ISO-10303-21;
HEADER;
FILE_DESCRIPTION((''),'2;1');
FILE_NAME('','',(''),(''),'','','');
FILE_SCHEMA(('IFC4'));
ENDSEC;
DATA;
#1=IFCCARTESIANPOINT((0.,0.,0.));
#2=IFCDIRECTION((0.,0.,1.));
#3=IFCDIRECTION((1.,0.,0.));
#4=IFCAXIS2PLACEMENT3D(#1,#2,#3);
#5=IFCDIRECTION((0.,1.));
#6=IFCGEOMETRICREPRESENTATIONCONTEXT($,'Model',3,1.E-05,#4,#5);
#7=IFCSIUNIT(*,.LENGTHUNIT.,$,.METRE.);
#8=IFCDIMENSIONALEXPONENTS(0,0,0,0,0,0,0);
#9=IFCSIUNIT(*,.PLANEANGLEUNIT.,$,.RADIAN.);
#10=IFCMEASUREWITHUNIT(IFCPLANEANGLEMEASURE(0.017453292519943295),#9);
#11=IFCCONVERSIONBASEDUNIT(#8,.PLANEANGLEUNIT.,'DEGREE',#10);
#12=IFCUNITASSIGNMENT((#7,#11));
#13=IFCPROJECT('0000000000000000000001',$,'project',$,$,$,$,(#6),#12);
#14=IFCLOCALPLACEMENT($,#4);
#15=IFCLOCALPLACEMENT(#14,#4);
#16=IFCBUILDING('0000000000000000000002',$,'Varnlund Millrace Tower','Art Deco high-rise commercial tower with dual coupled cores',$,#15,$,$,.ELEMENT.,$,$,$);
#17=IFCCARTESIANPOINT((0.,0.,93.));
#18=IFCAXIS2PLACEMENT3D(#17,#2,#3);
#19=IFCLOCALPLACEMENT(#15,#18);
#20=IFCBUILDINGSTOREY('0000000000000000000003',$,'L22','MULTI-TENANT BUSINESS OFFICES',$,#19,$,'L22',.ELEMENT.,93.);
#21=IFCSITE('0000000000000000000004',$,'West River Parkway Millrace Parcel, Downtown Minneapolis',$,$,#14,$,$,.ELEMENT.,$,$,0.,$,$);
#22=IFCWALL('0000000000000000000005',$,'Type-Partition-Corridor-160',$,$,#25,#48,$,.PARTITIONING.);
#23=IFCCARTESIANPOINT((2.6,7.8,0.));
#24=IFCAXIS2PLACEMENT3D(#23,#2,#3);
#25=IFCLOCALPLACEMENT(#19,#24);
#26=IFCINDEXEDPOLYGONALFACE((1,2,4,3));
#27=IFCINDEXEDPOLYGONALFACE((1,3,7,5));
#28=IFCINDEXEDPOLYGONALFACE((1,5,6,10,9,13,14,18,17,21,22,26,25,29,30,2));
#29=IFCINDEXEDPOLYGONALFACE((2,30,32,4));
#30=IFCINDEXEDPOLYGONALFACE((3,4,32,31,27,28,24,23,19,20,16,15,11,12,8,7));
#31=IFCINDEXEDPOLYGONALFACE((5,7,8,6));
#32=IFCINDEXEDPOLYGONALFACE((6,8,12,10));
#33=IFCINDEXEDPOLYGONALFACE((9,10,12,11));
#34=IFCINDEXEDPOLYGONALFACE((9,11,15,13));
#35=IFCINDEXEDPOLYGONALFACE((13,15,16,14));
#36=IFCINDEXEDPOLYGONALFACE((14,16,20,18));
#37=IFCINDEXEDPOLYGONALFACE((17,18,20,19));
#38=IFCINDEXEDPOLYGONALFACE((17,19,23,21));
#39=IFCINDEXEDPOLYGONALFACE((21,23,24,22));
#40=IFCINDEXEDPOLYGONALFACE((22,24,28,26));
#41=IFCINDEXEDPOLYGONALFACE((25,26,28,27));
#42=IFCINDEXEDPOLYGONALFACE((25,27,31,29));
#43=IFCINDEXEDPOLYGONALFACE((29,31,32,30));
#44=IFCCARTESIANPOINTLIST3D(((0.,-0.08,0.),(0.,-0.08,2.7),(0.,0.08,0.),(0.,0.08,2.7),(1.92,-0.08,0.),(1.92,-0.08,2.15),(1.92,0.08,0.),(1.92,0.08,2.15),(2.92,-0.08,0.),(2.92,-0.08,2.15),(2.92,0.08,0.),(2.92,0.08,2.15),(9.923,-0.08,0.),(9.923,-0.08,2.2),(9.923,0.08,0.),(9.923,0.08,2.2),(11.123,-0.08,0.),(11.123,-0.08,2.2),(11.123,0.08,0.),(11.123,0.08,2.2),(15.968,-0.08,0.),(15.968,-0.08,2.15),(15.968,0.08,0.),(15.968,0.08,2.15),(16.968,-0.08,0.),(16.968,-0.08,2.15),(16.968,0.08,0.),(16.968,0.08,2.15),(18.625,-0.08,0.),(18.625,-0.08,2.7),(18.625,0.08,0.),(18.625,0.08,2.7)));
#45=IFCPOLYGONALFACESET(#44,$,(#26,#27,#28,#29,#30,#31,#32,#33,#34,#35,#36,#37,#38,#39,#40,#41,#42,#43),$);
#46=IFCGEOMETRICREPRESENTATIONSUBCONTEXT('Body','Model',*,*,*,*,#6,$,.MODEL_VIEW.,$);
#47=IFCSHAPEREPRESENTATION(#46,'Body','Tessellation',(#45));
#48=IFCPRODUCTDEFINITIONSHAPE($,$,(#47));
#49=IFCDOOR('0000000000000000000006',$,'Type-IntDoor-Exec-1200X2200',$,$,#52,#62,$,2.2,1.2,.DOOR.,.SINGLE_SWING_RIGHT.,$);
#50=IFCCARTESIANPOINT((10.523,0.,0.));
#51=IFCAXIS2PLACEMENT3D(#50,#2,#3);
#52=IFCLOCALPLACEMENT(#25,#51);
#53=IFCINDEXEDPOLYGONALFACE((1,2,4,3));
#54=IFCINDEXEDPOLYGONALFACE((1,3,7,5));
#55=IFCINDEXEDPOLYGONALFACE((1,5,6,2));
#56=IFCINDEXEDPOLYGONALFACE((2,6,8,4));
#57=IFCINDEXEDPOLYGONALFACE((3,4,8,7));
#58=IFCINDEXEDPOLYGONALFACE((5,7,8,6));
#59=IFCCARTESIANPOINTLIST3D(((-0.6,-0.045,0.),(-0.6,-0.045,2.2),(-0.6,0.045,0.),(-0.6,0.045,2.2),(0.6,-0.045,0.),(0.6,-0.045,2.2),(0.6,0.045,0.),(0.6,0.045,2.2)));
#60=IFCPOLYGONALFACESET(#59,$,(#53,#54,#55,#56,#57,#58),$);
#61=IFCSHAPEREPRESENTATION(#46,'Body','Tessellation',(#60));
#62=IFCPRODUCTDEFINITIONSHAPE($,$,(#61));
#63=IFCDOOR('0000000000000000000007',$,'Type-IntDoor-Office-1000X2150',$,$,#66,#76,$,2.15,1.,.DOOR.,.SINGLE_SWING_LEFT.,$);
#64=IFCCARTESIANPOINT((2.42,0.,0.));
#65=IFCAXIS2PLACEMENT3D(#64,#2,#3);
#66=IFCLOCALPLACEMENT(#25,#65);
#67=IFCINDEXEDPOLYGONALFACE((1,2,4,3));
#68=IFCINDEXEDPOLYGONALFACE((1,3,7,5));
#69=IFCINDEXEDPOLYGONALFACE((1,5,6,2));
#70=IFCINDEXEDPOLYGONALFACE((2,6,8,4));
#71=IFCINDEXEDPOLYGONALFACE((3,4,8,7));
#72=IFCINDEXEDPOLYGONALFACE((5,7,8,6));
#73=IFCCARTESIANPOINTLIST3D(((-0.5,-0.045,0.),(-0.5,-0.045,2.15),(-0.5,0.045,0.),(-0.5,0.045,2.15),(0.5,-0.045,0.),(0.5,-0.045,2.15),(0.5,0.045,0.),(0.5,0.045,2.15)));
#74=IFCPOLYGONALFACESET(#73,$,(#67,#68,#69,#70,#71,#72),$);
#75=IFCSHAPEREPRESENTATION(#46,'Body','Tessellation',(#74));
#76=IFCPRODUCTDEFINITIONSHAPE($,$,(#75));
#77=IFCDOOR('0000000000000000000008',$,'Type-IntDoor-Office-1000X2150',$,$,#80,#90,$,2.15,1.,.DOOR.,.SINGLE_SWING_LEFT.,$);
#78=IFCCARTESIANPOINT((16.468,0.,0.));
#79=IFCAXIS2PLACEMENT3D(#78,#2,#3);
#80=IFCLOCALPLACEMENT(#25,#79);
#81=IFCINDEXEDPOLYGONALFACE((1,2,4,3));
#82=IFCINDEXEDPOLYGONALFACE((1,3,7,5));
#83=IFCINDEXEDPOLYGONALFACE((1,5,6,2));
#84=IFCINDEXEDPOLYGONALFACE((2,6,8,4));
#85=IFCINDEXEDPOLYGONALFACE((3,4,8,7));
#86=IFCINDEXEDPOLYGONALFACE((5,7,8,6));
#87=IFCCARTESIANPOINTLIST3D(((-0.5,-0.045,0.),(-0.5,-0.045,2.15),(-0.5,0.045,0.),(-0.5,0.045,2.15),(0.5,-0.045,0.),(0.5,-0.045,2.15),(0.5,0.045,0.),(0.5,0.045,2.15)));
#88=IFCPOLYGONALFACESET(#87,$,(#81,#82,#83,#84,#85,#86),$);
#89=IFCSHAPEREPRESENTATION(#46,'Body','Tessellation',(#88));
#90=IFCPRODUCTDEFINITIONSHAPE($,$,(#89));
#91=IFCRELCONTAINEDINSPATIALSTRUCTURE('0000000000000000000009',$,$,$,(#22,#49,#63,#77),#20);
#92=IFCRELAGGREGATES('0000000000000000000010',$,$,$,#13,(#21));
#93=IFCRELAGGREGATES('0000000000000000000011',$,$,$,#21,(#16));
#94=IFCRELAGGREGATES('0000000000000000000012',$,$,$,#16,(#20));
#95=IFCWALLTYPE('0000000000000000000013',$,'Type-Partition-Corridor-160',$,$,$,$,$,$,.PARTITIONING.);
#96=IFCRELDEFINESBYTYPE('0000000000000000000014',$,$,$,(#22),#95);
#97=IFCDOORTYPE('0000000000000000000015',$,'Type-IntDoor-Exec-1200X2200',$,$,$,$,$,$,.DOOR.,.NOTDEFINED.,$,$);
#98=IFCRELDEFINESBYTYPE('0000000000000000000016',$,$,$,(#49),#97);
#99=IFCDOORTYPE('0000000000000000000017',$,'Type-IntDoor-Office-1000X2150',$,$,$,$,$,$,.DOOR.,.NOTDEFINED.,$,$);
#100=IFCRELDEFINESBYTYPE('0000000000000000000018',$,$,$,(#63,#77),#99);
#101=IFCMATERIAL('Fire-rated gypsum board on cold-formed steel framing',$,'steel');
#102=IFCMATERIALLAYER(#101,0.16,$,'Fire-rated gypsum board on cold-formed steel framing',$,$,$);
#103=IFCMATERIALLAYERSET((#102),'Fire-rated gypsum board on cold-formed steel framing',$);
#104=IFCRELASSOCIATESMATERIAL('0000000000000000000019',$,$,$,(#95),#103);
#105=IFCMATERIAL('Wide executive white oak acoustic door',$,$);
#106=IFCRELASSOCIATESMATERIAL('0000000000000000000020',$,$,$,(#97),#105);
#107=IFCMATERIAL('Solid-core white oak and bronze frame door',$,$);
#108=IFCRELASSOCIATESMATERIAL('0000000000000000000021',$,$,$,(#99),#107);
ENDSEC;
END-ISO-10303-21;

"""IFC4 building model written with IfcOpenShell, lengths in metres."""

from ifc_helpers import new_model, entity, si_unit, converted_unit, direction, frame, origin_with_axes, origin_2d_with_axis, place, context, subcontext, project, spatial, polyline, rectangle, outline, extrude, material, layer, layer_set, type_object, element, fill, save


model = new_model("IFC4")

# Units and contexts
model_context = context("Model", 3, precision=1e-05, world=origin_with_axes(), true_north=direction((0.0, 1.0)))
body_context = subcontext(model_context, "Body", "Model", "MODEL_VIEW")
ifc_project = project(units=[si_unit("LENGTHUNIT", "METRE"), converted_unit("PLANEANGLEUNIT", "DEGREE", entity("IfcPlaneAngleMeasure", 0.017453292519943295), si_unit("PLANEANGLEUNIT", "RADIAN"), dimensions=[0, 0, 0, 0, 0, 0, 0])], contexts=[model_context])

# Site, building, storey
site_placement = place(None, origin_with_axes())
site = spatial("IfcSite", under=ifc_project, at=site_placement, Name="West River Parkway Millrace Parcel, Downtown Minneapolis", CompositionType="ELEMENT", RefElevation=0.0)
building_placement = place(site_placement, origin_with_axes())
building = spatial("IfcBuilding", under=site, at=building_placement, Name="Varnlund Millrace Tower", Description="Art Deco high-rise commercial tower with dual coupled cores", CompositionType="ELEMENT")
storey_placement = place(building_placement, frame((0.0, 0.0, 93.0), z_axis=(0.0, 0.0, 1.0), x_axis=(1.0, 0.0, 0.0)))
storey = spatial("IfcBuildingStorey", under=building, at=storey_placement, Name="L22", Description="MULTI-TENANT BUSINESS OFFICES", LongName="L22", CompositionType="ELEMENT", Elevation=93.0)

# Wall, openings, doors
ifc_material_1 = material(Name="Fire-rated gypsum board on cold-formed steel framing", Category="steel")
ifc_layer_1 = layer(ifc_material_1, 0.16, Name="Fire-rated gypsum board on cold-formed steel framing")
ifc_layer_set_1 = layer_set([ifc_layer_1], Name="Fire-rated gypsum board on cold-formed steel framing")
wall_type_1 = type_object("IfcWallType", Name="Type-Partition-Corridor-160", PredefinedType="PARTITIONING", material=ifc_layer_set_1)
wall_1_placement = place(storey_placement, frame((2.6, 7.8, 0.0), z_axis=(0.0, 0.0, 1.0), x_axis=(1.0, 0.0, 0.0)))
wall_1 = element("IfcWall", 1, at=wall_1_placement, inside=storey, type_object=wall_type_1, Name="Type-Partition-Corridor-160", PredefinedType="PARTITIONING", context=body_context, shape_type="SweptSolid", body=[
    extrude(outline(polyline([(0.0, -0.08), (18.625, -0.08), (18.625, 0.08), (0.0, 0.08), (0.0, -0.08)])), origin_with_axes(), (0.0, 0.0, 1.0), 2.7),
])
opening_1_placement = place(wall_1_placement, frame((2.42, 0.0, 0.0), z_axis=(0.0, 0.0, 1.0), x_axis=(1.0, 0.0, 0.0)))
opening_1 = element("IfcOpeningElement", 2, at=opening_1_placement, cuts=wall_1, PredefinedType="OPENING", context=body_context, shape_type="SweptSolid", body=[
    extrude(rectangle(XDim=1.0, YDim=0.18, at=origin_2d_with_axis()), origin_with_axes(), (0.0, 0.0, 1.0), 2.15),
])
opening_2_placement = place(wall_1_placement, frame((10.523, 0.0, 0.0), z_axis=(0.0, 0.0, 1.0), x_axis=(1.0, 0.0, 0.0)))
opening_2 = element("IfcOpeningElement", 3, at=opening_2_placement, cuts=wall_1, PredefinedType="OPENING", context=body_context, shape_type="SweptSolid", body=[
    extrude(rectangle(XDim=1.2, YDim=0.18, at=origin_2d_with_axis()), origin_with_axes(), (0.0, 0.0, 1.0), 2.2),
])
opening_3_placement = place(wall_1_placement, frame((16.468, 0.0, 0.0), z_axis=(0.0, 0.0, 1.0), x_axis=(1.0, 0.0, 0.0)))
opening_3 = element("IfcOpeningElement", 4, at=opening_3_placement, cuts=wall_1, PredefinedType="OPENING", context=body_context, shape_type="SweptSolid", body=[
    extrude(rectangle(XDim=1.0, YDim=0.18, at=origin_2d_with_axis()), origin_with_axes(), (0.0, 0.0, 1.0), 2.15),
])
ifc_material_2 = material(Name="Wide executive white oak acoustic door")
door_type_1 = type_object("IfcDoorType", Name="Type-IntDoor-Exec-1200X2200", OperationType="NOTDEFINED", PredefinedType="DOOR", material=ifc_material_2)
door_1_placement = place(wall_1_placement, frame((10.523, 0.0, 0.0), z_axis=(0.0, 0.0, 1.0), x_axis=(1.0, 0.0, 0.0)))
door_1 = element("IfcDoor", 5, at=door_1_placement, inside=storey, type_object=door_type_1, Name="Type-IntDoor-Exec-1200X2200", OperationType="SINGLE_SWING_RIGHT", OverallHeight=2.2, OverallWidth=1.2, PredefinedType="DOOR", context=body_context, shape_type="SweptSolid", body=[
    extrude(rectangle(XDim=1.2, YDim=0.09, at=origin_2d_with_axis()), origin_with_axes(), (0.0, 0.0, 1.0), 2.2),
])
fill(opening_2, door_1)
ifc_material_3 = material(Name="Solid-core white oak and bronze frame door")
door_type_2 = type_object("IfcDoorType", Name="Type-IntDoor-Office-1000X2150", OperationType="NOTDEFINED", PredefinedType="DOOR", material=ifc_material_3)
door_2_placement = place(wall_1_placement, frame((2.42, 0.0, 0.0), z_axis=(0.0, 0.0, 1.0), x_axis=(1.0, 0.0, 0.0)))
door_2 = element("IfcDoor", 6, at=door_2_placement, inside=storey, type_object=door_type_2, Name="Type-IntDoor-Office-1000X2150", OperationType="SINGLE_SWING_LEFT", OverallHeight=2.15, OverallWidth=1.0, PredefinedType="DOOR", context=body_context, shape_type="SweptSolid", body=[
    extrude(rectangle(XDim=1.0, YDim=0.09, at=origin_2d_with_axis()), origin_with_axes(), (0.0, 0.0, 1.0), 2.15),
])
fill(opening_1, door_2)
door_3_placement = place(wall_1_placement, frame((16.468, 0.0, 0.0), z_axis=(0.0, 0.0, 1.0), x_axis=(1.0, 0.0, 0.0)))
door_3 = element("IfcDoor", 7, at=door_3_placement, inside=storey, type_object=door_type_2, Name="Type-IntDoor-Office-1000X2150", OperationType="SINGLE_SWING_LEFT", OverallHeight=2.15, OverallWidth=1.0, PredefinedType="DOOR", context=body_context, shape_type="SweptSolid", body=[
    extrude(rectangle(XDim=1.0, YDim=0.09, at=origin_2d_with_axis()), origin_with_axes(), (0.0, 0.0, 1.0), 2.15),
])
fill(opening_3, door_3)

save(model, "model.ifc")
